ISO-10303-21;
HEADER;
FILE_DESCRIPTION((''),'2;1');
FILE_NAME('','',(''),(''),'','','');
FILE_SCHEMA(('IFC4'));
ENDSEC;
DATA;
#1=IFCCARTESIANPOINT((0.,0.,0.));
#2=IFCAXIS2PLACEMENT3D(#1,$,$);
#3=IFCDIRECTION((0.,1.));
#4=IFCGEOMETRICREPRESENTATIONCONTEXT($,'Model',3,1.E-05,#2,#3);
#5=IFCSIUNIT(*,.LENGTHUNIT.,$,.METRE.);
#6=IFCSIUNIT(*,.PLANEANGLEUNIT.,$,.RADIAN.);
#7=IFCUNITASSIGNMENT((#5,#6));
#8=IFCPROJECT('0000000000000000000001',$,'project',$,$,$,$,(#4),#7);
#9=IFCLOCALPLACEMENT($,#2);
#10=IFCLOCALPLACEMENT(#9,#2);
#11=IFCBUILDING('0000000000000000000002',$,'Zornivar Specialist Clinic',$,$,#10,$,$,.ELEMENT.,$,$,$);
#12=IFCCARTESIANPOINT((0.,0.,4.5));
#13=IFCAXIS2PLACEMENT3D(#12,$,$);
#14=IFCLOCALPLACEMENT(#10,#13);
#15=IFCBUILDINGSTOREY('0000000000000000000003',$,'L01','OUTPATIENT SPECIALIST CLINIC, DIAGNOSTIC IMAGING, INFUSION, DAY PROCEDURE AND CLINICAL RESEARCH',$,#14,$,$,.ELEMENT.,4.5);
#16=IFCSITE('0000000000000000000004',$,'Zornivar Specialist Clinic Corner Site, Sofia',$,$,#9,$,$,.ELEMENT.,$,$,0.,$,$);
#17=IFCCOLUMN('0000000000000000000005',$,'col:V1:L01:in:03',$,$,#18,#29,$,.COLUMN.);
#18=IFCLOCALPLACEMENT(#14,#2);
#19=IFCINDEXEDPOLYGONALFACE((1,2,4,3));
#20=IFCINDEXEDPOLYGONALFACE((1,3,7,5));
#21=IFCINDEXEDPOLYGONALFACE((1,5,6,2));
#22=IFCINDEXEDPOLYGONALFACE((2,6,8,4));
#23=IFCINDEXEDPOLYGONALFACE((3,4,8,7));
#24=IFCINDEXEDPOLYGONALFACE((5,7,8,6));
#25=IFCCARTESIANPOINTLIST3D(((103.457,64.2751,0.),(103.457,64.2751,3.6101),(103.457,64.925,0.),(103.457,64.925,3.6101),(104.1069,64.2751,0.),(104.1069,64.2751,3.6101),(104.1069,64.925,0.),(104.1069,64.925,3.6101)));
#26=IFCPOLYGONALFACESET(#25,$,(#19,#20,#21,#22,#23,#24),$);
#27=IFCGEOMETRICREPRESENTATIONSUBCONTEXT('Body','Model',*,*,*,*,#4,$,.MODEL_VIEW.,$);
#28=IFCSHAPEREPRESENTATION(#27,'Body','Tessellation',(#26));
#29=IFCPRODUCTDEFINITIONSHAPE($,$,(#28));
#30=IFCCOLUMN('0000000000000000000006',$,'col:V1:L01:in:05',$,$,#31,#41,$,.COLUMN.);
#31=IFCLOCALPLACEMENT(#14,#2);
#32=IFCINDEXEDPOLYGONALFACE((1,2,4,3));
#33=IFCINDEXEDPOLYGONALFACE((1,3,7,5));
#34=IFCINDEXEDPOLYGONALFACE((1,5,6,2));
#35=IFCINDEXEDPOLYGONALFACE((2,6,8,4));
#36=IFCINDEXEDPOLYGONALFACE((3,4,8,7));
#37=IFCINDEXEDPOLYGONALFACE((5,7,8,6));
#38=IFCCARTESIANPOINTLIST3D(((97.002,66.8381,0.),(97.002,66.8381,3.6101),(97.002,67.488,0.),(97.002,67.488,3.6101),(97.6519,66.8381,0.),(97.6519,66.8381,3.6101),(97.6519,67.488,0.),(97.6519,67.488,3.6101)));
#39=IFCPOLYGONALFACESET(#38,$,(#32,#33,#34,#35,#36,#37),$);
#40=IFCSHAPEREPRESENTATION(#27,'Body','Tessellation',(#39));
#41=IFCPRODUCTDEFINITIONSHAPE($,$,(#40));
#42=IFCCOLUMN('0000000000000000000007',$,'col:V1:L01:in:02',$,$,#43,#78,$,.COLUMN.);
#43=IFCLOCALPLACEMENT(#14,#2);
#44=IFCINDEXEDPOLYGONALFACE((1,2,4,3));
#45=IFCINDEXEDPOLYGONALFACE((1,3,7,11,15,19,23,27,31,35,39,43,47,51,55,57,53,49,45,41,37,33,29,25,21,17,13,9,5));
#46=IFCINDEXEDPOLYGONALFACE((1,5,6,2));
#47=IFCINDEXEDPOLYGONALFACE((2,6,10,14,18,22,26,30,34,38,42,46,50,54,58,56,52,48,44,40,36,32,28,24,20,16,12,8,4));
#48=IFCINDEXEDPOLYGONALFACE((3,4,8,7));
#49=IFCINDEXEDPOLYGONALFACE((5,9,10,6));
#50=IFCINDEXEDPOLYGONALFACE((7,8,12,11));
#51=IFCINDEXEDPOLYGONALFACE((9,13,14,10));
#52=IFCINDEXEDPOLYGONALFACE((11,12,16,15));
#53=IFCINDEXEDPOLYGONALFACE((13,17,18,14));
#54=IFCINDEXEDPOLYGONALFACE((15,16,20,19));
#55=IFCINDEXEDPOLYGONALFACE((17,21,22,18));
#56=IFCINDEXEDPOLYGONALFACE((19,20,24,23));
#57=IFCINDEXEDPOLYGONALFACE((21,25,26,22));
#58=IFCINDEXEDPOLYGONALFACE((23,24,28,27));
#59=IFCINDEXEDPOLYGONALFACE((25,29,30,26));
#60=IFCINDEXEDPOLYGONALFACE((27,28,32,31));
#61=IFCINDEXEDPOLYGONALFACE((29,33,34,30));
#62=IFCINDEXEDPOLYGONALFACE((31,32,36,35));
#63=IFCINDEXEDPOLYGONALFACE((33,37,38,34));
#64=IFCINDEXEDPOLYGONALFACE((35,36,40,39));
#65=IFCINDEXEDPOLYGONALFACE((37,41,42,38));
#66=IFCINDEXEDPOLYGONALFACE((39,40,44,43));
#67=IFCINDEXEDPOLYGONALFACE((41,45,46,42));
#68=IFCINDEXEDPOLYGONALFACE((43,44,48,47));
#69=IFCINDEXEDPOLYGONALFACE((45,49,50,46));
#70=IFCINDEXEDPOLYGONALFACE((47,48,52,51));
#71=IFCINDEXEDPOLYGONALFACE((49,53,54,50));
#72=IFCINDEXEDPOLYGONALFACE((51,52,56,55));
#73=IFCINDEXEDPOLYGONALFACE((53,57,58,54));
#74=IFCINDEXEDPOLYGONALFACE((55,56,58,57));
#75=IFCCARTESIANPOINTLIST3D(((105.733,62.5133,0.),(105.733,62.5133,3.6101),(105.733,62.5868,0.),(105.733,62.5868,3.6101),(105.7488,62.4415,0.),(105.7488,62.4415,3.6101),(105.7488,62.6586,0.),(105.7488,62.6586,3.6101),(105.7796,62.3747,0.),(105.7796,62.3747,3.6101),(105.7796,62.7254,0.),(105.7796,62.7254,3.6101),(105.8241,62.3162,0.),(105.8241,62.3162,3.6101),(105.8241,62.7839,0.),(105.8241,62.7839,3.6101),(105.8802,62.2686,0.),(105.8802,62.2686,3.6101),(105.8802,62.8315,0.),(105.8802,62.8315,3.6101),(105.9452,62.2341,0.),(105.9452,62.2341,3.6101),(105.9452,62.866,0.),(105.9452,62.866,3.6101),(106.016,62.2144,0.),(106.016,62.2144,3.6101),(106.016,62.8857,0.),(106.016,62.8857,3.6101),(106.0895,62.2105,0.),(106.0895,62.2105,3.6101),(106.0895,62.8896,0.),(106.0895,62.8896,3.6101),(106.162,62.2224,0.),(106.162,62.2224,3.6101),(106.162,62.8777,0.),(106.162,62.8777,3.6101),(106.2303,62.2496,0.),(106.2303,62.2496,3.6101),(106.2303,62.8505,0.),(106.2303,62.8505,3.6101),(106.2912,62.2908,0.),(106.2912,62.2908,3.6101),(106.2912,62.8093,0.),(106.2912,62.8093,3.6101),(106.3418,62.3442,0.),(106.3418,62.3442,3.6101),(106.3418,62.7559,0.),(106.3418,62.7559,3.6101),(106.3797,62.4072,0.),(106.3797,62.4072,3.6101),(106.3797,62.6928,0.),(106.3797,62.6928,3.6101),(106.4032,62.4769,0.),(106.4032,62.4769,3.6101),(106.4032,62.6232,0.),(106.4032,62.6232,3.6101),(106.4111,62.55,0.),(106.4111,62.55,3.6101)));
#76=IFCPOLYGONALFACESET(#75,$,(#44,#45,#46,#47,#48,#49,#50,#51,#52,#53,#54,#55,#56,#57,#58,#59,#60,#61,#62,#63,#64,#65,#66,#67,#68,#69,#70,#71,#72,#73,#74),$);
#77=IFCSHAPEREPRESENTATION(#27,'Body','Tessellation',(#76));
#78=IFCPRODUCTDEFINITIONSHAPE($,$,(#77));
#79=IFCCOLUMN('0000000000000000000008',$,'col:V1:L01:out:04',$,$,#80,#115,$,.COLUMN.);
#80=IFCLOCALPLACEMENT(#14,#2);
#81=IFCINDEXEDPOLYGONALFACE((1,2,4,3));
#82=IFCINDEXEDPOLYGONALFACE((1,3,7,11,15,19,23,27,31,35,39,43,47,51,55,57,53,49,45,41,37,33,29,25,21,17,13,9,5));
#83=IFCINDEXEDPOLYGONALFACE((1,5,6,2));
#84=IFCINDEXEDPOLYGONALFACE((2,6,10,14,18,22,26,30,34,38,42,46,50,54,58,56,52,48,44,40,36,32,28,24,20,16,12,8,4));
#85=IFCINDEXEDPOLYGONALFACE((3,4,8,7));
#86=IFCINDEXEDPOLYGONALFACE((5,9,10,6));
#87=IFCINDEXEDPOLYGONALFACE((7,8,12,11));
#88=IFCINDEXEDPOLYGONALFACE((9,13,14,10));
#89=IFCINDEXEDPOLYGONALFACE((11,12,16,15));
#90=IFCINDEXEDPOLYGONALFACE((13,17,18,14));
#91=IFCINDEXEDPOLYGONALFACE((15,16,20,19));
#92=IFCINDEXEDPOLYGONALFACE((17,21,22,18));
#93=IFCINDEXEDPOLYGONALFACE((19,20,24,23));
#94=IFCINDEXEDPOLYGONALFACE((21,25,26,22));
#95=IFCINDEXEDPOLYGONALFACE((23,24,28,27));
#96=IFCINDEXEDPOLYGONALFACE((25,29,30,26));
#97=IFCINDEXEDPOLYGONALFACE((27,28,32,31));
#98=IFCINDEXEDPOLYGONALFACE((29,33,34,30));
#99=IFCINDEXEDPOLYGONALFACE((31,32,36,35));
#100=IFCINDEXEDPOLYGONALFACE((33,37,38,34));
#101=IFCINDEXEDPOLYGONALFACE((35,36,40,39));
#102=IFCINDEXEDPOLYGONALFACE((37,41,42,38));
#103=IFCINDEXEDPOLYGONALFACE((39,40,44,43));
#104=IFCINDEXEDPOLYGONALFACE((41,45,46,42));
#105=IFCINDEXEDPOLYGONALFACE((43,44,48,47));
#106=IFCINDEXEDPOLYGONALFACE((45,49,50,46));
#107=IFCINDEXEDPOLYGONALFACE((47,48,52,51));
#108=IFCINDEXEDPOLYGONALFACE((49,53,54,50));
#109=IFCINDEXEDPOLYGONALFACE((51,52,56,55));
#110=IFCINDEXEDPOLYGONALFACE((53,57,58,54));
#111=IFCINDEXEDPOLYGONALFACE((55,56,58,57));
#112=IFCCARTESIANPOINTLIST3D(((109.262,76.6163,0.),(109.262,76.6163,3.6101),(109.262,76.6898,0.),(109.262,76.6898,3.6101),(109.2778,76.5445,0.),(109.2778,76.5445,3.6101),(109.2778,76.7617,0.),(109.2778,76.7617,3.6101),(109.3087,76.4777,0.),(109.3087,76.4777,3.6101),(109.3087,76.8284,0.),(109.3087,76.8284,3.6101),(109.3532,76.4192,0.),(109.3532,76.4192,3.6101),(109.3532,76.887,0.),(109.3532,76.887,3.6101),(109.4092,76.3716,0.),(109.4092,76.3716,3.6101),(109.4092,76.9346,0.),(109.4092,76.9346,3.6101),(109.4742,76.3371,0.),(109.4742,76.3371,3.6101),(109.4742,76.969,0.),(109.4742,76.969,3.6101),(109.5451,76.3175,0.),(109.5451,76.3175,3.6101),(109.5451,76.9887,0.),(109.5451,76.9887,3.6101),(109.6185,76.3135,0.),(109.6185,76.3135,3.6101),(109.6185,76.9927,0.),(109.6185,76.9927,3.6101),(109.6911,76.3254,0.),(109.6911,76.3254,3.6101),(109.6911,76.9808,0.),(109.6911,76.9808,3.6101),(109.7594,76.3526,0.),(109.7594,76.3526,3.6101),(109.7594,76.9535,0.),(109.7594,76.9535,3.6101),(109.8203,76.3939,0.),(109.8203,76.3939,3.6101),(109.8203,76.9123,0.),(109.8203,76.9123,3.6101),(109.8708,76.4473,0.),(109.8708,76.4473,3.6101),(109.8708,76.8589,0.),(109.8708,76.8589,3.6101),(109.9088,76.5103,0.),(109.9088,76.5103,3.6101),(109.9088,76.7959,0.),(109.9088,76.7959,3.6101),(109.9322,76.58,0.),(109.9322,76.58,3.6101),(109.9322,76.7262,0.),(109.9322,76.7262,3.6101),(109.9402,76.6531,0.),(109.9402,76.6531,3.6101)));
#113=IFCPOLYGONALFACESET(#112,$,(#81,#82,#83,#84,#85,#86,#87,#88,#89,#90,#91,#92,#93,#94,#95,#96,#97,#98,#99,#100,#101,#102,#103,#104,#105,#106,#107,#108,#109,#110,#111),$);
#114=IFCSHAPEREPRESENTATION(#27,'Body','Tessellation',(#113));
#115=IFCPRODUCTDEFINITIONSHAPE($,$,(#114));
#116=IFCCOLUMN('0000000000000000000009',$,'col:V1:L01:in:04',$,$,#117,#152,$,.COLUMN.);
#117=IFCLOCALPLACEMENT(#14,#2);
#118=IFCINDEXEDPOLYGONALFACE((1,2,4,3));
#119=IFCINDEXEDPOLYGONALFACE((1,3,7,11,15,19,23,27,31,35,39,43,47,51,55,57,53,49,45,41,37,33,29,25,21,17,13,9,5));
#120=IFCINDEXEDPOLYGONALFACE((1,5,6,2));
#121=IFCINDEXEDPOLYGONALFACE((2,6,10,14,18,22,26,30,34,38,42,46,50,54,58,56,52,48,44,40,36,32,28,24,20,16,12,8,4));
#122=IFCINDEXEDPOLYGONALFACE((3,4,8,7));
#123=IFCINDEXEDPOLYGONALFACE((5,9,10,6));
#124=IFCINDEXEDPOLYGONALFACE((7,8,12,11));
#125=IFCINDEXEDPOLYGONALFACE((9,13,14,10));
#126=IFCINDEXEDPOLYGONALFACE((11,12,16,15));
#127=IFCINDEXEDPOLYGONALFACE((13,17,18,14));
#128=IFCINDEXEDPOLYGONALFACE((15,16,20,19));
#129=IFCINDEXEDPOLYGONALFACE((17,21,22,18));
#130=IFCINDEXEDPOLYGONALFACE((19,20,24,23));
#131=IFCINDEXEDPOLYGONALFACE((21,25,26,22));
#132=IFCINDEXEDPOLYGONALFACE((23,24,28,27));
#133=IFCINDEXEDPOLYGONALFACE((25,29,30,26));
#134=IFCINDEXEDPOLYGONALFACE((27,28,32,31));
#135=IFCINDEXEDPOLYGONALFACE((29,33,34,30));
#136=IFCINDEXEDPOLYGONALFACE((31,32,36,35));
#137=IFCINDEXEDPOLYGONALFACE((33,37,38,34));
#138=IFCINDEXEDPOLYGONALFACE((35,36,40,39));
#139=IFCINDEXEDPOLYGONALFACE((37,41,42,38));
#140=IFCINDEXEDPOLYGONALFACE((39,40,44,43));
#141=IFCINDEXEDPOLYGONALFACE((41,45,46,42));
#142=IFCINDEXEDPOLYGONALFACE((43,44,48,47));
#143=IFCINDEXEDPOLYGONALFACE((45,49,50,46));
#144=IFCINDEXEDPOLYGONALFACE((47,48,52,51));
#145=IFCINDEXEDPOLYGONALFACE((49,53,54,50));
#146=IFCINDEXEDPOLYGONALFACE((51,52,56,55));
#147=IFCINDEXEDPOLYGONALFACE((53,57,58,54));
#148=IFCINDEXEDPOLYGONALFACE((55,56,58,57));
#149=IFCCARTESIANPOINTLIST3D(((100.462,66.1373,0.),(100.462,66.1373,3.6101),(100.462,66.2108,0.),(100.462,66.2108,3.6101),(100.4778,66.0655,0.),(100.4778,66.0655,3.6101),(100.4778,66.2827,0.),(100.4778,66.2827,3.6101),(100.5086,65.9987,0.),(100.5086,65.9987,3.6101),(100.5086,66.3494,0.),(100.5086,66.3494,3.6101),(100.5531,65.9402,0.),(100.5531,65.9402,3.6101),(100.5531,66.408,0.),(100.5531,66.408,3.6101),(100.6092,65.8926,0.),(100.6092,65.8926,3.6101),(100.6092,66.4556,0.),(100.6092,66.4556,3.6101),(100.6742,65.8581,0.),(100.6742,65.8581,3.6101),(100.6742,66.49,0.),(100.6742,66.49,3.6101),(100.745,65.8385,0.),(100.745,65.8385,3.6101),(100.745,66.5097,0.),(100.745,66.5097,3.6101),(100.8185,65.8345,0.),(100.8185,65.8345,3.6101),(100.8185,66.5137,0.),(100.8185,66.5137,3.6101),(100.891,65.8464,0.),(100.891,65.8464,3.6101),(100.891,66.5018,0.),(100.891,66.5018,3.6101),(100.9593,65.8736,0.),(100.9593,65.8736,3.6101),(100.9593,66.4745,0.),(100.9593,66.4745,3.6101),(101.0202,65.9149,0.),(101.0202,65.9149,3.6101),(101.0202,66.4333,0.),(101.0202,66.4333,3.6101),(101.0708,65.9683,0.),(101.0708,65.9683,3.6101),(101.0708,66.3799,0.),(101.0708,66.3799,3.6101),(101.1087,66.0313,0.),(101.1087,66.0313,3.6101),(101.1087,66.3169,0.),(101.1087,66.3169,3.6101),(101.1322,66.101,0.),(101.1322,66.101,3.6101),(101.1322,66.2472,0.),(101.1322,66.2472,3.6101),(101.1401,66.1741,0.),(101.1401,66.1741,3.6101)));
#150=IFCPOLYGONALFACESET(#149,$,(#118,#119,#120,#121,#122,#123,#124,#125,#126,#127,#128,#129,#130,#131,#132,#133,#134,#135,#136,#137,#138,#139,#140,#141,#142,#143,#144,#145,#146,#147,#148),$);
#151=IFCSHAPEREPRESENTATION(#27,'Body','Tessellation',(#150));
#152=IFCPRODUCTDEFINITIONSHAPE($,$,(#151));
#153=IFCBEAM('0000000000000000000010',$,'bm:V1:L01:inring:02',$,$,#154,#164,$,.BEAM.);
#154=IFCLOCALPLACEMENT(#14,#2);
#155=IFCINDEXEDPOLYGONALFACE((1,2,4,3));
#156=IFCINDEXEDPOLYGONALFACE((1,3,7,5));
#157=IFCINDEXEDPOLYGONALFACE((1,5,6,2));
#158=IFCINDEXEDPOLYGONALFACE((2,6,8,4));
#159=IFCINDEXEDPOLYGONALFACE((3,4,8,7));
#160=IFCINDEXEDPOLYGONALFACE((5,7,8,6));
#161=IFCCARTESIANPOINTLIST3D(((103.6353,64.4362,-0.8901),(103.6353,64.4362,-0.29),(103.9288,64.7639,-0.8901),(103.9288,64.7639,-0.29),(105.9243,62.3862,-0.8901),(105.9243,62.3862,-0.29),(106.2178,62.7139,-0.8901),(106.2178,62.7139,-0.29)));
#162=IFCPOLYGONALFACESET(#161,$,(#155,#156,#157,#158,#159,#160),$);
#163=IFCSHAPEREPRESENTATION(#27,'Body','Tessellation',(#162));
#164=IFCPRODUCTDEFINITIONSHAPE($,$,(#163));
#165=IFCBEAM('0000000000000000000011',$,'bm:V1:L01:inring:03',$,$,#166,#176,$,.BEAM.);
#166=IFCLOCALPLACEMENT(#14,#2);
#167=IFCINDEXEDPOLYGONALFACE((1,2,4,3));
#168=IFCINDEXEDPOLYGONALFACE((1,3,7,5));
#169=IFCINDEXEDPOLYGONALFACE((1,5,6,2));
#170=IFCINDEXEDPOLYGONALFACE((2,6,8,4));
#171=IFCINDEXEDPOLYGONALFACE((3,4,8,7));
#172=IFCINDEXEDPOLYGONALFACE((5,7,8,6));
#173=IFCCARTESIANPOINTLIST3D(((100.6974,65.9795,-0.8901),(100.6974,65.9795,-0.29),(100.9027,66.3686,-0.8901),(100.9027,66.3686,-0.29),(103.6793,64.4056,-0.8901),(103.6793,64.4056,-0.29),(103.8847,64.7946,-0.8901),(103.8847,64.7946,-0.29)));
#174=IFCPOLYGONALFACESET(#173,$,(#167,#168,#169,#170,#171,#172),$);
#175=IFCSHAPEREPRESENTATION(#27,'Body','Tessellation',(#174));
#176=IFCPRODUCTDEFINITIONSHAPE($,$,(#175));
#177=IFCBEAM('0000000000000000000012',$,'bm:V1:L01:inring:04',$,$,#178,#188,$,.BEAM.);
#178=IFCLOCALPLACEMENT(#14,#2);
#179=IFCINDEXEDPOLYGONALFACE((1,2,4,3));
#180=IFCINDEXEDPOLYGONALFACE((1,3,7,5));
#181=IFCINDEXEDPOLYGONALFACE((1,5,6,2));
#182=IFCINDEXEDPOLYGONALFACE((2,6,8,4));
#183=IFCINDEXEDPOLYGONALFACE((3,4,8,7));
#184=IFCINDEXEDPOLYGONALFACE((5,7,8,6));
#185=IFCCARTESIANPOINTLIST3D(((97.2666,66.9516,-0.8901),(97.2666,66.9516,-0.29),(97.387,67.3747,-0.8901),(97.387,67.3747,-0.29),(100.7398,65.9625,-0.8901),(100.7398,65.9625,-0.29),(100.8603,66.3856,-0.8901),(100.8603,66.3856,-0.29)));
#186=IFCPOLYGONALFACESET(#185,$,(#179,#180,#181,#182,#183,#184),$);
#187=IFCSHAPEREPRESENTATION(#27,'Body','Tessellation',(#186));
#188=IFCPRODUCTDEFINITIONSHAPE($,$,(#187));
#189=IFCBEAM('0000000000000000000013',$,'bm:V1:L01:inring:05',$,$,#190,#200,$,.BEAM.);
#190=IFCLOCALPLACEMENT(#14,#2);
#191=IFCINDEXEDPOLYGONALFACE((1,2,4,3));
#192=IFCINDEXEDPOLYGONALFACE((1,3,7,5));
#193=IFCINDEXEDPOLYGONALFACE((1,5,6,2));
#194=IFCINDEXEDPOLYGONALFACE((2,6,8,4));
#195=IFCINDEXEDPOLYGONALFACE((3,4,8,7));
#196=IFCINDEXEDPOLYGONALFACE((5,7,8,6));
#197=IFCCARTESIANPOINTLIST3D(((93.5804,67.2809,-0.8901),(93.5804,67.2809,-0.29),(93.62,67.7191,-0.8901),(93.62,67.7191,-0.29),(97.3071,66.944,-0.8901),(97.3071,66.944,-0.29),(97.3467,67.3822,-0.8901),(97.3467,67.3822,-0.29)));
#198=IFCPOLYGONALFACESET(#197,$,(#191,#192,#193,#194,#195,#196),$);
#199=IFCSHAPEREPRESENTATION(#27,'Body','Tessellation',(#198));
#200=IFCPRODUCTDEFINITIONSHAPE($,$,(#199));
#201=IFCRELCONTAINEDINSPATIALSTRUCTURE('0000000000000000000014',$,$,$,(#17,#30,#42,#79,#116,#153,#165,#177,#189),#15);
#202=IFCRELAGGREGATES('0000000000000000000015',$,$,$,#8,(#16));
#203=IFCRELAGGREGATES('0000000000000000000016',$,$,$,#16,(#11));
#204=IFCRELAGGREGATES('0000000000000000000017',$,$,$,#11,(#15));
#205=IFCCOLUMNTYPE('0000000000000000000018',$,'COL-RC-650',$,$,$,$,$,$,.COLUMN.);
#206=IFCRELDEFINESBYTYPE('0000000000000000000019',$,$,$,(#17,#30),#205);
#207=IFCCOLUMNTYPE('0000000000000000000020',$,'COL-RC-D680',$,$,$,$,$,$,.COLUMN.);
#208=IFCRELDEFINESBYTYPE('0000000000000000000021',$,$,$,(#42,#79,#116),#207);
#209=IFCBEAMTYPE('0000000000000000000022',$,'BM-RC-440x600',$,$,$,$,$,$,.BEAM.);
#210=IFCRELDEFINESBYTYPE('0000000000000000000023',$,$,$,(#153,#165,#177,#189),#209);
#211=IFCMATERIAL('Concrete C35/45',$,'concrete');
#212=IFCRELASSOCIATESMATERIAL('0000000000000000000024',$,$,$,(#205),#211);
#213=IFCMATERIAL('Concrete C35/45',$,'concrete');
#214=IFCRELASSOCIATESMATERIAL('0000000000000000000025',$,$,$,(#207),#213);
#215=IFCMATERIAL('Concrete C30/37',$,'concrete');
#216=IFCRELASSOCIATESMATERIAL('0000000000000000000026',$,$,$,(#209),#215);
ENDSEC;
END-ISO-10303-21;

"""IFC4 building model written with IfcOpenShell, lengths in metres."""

from ifc_helpers import new_model, si_unit, direction, frame, origin, origin_2d, place, context, subcontext, project, spatial, rectangle, circle, extrude, material, material_profile, profile_set, type_object, element, save


model = new_model("IFC4")

# Units and contexts
model_context = context("Model", 3, precision=1e-05, world=origin(), true_north=direction((0.0, 1.0)))
body_context = subcontext(model_context, "Body", "Model", "MODEL_VIEW")
ifc_project = project(units=[si_unit("LENGTHUNIT", "METRE"), si_unit("PLANEANGLEUNIT", "RADIAN")], contexts=[model_context])

# Site, building, storey
site_placement = place(None, origin())
site = spatial("IfcSite", under=ifc_project, at=site_placement, Name="Zornivar Specialist Clinic Corner Site, Sofia", CompositionType="ELEMENT", RefElevation=0.0)
building_placement = place(site_placement, origin())
building = spatial("IfcBuilding", under=site, at=building_placement, Name="Zornivar Specialist Clinic", CompositionType="ELEMENT")
storey_placement = place(building_placement, frame((0.0, 0.0, 4.5)))
storey = spatial("IfcBuildingStorey", under=building, at=storey_placement, Name="L01", Description="OUTPATIENT SPECIALIST CLINIC, DIAGNOSTIC IMAGING, INFUSION, DAY PROCEDURE AND CLINICAL RESEARCH", CompositionType="ELEMENT", Elevation=4.5)

# Columns
ifc_material_1 = material(Name="Concrete C35/45", Category="concrete")
ifc_material_profile_1 = material_profile(ifc_material_1, rectangle(XDim=0.6499, YDim=0.6499, at=origin_2d()), Name="RC 650x650")
ifc_profile_set_1 = profile_set([ifc_material_profile_1], Name="Concrete C35/45")
column_type_1 = type_object("IfcColumnType", Name="COL-RC-650", PredefinedType="COLUMN", material=ifc_profile_set_1)
for number, where, z_axis, x_axis, name in (
    (1, (103.782, 64.6001, 0.0), (0.0, 0.0, 1.0), (1.0, 0.0, 0.0), "col:V1:L01:in:03"),
    (2, (97.3269, 67.1631, 0.0), (0.0, 0.0, 1.0), (1.0, 0.0, 0.0), "col:V1:L01:in:05"),
):
    element("IfcColumn", number, at=place(storey_placement, frame(where, z_axis=z_axis, x_axis=x_axis)), inside=storey, type_object=column_type_1, Name=name, PredefinedType="COLUMN", context=body_context, shape_type="SweptSolid", body=[
        extrude(rectangle(XDim=0.6499, YDim=0.6499, at=origin_2d()), origin(), (0.0, 0.0, 1.0), 3.6101),
    ])
ifc_material_2 = material(Name="Concrete C35/45", Category="concrete")
ifc_material_profile_2 = material_profile(ifc_material_2, circle(Radius=0.3401, at=origin_2d()), Name="RC D680")
ifc_profile_set_2 = profile_set([ifc_material_profile_2], Name="Concrete C35/45")
column_type_2 = type_object("IfcColumnType", Name="COL-RC-D680", PredefinedType="COLUMN", material=ifc_profile_set_2)
for number, where, z_axis, x_axis, name in (
    (3, (106.071, 62.55, 0.0), (0.0, 0.0, 1.0), (1.0, 0.0, 0.0), "col:V1:L01:in:02"),
    (4, (109.6001, 76.6531, 0.0), (0.0, 0.0, 1.0), (1.0, 0.0, 0.0), "col:V1:L01:out:04"),
    (5, (100.8, 66.1741, 0.0), (0.0, 0.0, 1.0), (1.0, 0.0, 0.0), "col:V1:L01:in:04"),
):
    element("IfcColumn", number, at=place(storey_placement, frame(where, z_axis=z_axis, x_axis=x_axis)), inside=storey, type_object=column_type_2, Name=name, PredefinedType="COLUMN", context=body_context, shape_type="SweptSolid", body=[
        extrude(circle(Radius=0.3401, at=origin_2d()), origin(), (0.0, 0.0, 1.0), 3.6101),
    ])

# Beams
ifc_material_3 = material(Name="Concrete C30/37", Category="concrete")
ifc_material_profile_3 = material_profile(ifc_material_3, rectangle(XDim=0.4399, YDim=0.6001, at=origin_2d()), Name="RC 440x600")
ifc_profile_set_3 = profile_set([ifc_material_profile_3], Name="Concrete C30/37")
beam_type_1 = type_object("IfcBeamType", Name="BM-RC-440x600", PredefinedType="BEAM", material=ifc_profile_set_3)
beam_1_placement = place(storey_placement, frame((106.071, 62.55, -0.5901), z_axis=(-0.744927, 0.667145, 0.0), x_axis=(-0.667145, -0.744927, 0.0)))
element("IfcBeam", 6, at=beam_1_placement, inside=storey, type_object=beam_type_1, Name="bm:V1:L01:inring:02", PredefinedType="BEAM", context=body_context, shape_type="SweptSolid", body=[
    extrude(rectangle(XDim=0.4399, YDim=0.6001, at=origin_2d()), origin(), (0.0, 0.0, 1.0), 3.0728),
])
beam_2_placement = place(storey_placement, frame((103.782, 64.6001, -0.5901), z_axis=(-0.884363, 0.4668, 0.0), x_axis=(-0.4668, -0.884363, 0.0)))
element("IfcBeam", 7, at=beam_2_placement, inside=storey, type_object=beam_type_1, Name="bm:V1:L01:inring:03", PredefinedType="BEAM", context=body_context, shape_type="SweptSolid", body=[
    extrude(rectangle(XDim=0.4399, YDim=0.6001, at=origin_2d()), origin(), (0.0, 0.0, 1.0), 3.3718),
])
beam_3_placement = place(storey_placement, frame((100.8, 66.1741, -0.5901), z_axis=(-0.961766, 0.273873, 0.0), x_axis=(-0.273873, -0.961766, 0.0)))
element("IfcBeam", 8, at=beam_3_placement, inside=storey, type_object=beam_type_1, Name="bm:V1:L01:inring:04", PredefinedType="BEAM", context=body_context, shape_type="SweptSolid", body=[
    extrude(rectangle(XDim=0.4399, YDim=0.6001, at=origin_2d()), origin(), (0.0, 0.0, 1.0), 3.6113),
])
beam_4_placement = place(storey_placement, frame((97.3269, 67.1631, -0.5901), z_axis=(-0.995939, 0.090036, 0.0), x_axis=(-0.090036, -0.995939, 0.0)))
element("IfcBeam", 9, at=beam_4_placement, inside=storey, type_object=beam_type_1, Name="bm:V1:L01:inring:05", PredefinedType="BEAM", context=body_context, shape_type="SweptSolid", body=[
    extrude(rectangle(XDim=0.4399, YDim=0.6001, at=origin_2d()), origin(), (0.0, 0.0, 1.0), 3.7419),
])

save(model, "model.ifc")
